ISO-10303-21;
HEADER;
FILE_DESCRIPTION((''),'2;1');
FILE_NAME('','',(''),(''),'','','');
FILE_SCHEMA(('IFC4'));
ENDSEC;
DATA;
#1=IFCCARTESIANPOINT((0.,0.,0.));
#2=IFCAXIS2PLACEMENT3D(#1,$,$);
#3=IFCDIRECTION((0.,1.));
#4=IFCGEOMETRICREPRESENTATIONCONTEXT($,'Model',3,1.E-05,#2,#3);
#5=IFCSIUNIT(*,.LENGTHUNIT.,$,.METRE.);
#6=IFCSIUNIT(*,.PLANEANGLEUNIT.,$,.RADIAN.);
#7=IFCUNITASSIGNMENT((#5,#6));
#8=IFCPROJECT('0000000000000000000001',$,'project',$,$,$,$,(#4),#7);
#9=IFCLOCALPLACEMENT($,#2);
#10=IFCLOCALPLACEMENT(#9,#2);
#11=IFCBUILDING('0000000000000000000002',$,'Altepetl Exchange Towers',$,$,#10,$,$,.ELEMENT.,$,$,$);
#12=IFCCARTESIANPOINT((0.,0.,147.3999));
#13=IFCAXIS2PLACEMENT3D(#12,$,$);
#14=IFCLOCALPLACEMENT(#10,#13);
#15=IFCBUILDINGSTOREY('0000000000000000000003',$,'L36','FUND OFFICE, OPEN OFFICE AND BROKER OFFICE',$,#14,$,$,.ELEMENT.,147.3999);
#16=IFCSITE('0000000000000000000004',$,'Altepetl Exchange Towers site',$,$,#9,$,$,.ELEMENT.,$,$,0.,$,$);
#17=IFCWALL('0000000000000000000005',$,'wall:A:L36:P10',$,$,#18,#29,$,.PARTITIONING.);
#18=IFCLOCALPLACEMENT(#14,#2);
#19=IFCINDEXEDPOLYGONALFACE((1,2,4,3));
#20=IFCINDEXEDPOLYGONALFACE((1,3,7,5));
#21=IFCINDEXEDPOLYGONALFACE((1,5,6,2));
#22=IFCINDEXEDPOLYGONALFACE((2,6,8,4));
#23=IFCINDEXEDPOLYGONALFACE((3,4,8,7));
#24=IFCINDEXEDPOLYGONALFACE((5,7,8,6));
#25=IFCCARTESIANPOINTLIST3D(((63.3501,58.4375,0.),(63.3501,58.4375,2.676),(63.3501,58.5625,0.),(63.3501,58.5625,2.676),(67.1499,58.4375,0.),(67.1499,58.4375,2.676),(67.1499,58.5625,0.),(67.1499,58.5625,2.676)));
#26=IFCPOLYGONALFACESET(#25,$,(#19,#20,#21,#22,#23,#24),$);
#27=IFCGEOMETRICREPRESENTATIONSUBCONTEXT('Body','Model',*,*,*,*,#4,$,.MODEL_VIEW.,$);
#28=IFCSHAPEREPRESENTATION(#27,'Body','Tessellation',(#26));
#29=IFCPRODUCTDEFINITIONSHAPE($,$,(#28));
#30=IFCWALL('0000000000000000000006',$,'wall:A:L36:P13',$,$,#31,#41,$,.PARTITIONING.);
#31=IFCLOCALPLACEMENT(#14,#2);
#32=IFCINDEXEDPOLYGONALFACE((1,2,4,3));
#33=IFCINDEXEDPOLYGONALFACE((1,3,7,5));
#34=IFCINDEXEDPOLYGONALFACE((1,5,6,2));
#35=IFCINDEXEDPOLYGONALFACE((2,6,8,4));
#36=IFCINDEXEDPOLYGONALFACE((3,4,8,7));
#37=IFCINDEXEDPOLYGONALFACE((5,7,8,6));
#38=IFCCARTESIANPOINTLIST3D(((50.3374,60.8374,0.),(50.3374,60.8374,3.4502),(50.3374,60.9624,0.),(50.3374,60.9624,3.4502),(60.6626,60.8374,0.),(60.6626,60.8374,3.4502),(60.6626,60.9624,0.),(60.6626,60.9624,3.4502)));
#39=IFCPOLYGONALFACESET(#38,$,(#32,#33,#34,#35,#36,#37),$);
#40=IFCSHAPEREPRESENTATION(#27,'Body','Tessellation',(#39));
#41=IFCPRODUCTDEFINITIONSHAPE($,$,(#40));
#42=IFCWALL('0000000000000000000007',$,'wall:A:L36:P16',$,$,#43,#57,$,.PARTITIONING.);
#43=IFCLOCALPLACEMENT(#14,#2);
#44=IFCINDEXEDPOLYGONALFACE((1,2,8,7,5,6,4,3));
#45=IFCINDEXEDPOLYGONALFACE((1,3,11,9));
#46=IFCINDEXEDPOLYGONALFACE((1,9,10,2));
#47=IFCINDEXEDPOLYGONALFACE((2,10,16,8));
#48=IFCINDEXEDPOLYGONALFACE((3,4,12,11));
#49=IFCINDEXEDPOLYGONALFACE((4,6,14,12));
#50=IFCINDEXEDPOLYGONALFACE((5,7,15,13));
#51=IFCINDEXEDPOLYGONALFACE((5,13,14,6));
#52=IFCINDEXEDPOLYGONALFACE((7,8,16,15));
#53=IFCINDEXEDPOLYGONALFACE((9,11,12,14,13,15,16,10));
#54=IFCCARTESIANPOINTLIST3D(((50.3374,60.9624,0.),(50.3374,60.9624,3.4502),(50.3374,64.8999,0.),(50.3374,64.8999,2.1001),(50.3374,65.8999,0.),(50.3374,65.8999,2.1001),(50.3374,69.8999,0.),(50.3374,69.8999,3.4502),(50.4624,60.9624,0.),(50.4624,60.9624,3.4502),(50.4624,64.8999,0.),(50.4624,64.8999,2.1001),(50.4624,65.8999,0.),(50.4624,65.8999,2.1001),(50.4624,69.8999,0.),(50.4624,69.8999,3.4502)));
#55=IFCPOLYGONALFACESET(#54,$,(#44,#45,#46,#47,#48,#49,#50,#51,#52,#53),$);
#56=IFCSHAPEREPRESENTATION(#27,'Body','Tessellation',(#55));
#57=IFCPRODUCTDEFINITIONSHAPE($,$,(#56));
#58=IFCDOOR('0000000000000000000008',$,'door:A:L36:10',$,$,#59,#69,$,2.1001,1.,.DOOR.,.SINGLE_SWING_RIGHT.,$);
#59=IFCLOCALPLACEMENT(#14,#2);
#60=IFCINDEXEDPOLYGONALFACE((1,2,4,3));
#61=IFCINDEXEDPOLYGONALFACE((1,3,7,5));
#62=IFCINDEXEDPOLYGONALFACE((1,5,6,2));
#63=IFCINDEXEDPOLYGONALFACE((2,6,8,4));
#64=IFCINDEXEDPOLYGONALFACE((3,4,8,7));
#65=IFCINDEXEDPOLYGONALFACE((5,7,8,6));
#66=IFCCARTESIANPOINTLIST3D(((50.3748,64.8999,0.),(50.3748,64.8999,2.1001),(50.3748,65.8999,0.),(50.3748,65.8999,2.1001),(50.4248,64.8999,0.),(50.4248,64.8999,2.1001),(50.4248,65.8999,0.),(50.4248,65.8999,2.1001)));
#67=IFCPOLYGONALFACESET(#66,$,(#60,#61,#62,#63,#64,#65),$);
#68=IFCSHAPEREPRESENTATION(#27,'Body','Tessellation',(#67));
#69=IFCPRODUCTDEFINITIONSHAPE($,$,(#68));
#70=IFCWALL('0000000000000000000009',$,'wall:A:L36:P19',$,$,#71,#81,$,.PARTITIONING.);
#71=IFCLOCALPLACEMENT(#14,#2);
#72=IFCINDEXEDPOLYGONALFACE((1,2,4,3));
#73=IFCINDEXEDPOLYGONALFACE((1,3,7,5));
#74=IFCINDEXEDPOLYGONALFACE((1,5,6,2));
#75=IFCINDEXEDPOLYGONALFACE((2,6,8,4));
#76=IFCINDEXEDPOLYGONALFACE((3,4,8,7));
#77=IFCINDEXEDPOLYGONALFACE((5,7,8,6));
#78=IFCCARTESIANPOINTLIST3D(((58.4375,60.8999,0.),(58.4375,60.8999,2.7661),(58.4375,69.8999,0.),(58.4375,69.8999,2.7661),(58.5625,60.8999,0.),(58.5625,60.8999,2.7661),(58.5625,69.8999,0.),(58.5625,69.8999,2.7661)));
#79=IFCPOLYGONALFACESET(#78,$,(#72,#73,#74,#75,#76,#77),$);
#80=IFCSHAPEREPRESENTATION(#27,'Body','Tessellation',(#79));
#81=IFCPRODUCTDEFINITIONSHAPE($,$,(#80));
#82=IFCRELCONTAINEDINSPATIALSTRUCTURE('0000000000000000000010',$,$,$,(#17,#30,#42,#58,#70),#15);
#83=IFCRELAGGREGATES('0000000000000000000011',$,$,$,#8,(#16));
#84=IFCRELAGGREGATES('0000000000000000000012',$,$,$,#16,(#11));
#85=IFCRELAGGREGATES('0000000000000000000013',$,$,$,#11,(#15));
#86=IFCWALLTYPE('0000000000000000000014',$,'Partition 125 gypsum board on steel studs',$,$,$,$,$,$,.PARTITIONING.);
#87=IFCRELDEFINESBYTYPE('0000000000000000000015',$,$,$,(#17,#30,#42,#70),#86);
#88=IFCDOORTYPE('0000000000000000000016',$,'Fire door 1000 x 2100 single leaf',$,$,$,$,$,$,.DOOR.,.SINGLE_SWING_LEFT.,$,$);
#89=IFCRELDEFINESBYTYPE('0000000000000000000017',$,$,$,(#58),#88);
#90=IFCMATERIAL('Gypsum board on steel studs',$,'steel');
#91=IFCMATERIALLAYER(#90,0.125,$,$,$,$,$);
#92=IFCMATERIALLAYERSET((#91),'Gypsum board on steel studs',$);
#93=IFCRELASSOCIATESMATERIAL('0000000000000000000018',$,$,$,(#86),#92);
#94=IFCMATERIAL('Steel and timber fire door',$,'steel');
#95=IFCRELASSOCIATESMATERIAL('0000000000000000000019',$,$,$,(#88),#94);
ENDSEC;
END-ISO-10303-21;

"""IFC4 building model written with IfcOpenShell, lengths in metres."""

from ifc_helpers import new_model, si_unit, direction, frame, frame_2d, origin, place, context, subcontext, project, spatial, rectangle, extrude, material, layer, layer_set, type_object, element, fill, save


model = new_model("IFC4")

# Units and contexts
model_context = context("Model", 3, precision=1e-05, world=origin(), true_north=direction((0.0, 1.0)))
body_context = subcontext(model_context, "Body", "Model", "MODEL_VIEW")
ifc_project = project(units=[si_unit("LENGTHUNIT", "METRE"), si_unit("PLANEANGLEUNIT", "RADIAN")], contexts=[model_context])

# Site, building, storey
site_placement = place(None, origin())
site = spatial("IfcSite", under=ifc_project, at=site_placement, Name="Altepetl Exchange Towers site", CompositionType="ELEMENT", RefElevation=0.0)
building_placement = place(site_placement, origin())
building = spatial("IfcBuilding", under=site, at=building_placement, Name="Altepetl Exchange Towers", CompositionType="ELEMENT")
storey_placement = place(building_placement, frame((0.0, 0.0, 147.3999)))
storey = spatial("IfcBuildingStorey", under=building, at=storey_placement, Name="L36", Description="FUND OFFICE, OPEN OFFICE AND BROKER OFFICE", CompositionType="ELEMENT", Elevation=147.3999)

# Walls
ifc_material_1 = material(Name="Gypsum board on steel studs", Category="steel")
ifc_layer_1 = layer(ifc_material_1, 0.125)
ifc_layer_set_1 = layer_set([ifc_layer_1], Name="Gypsum board on steel studs")
wall_type = type_object("IfcWallType", Name="Partition 125 gypsum board on steel studs", PredefinedType="PARTITIONING", material=ifc_layer_set_1)
wall_1_placement = place(storey_placement, frame((63.3501, 58.5, 0.0)))
element("IfcWall", 1, at=wall_1_placement, inside=storey, type_object=wall_type, Name="wall:A:L36:P10", PredefinedType="PARTITIONING", context=body_context, shape_type="SweptSolid", body=[
    extrude(rectangle(XDim=3.7998, YDim=0.125, at=frame_2d((1.8999, 0.0))), origin(), (0.0, 0.0, 1.0), 2.676),
])
wall_2_placement = place(storey_placement, frame((50.3374, 60.8999, 0.0)))
element("IfcWall", 2, at=wall_2_placement, inside=storey, type_object=wall_type, Name="wall:A:L36:P13", PredefinedType="PARTITIONING", context=body_context, shape_type="SweptSolid", body=[
    extrude(rectangle(XDim=10.3252, YDim=0.125, at=frame_2d((5.1626, 0.0))), origin(), (0.0, 0.0, 1.0), 3.4502),
])

# Wall, opening, door
wall_3_placement = place(storey_placement, frame((50.3999, 60.9624, 0.0), z_axis=(0.0, 0.0, 1.0), x_axis=(0.0, 1.0, 0.0)))
wall_3 = element("IfcWall", 3, at=wall_3_placement, inside=storey, type_object=wall_type, Name="wall:A:L36:P16", PredefinedType="PARTITIONING", context=body_context, shape_type="SweptSolid", body=[
    extrude(rectangle(XDim=8.9375, YDim=0.125, at=frame_2d((4.4688, 0.0))), origin(), (0.0, 0.0, 1.0), 3.4502),
])
opening_placement = place(wall_3_placement, frame((3.9375, 0.0, 0.0)))
opening = element("IfcOpeningElement", 4, at=opening_placement, cuts=wall_3, PredefinedType="OPENING", context=body_context, shape_type="SweptSolid", body=[
    extrude(rectangle(XDim=1.0, YDim=2.1001, at=frame_2d((0.5, 1.05))), frame((0.0, 0.0725, 0.0), z_axis=(0.0, -1.0, 0.0), x_axis=(1.0, 0.0, 0.0)), (0.0, 0.0, 1.0), 0.145),
])
ifc_material_2 = material(Name="Steel and timber fire door", Category="steel")
door_type = type_object("IfcDoorType", Name="Fire door 1000 x 2100 single leaf", OperationType="SINGLE_SWING_LEFT", PredefinedType="DOOR", material=ifc_material_2)
door_placement = place(opening_placement, frame((1.0, 0.0, 0.0), x_axis=(-1.0, 0.0, 0.0)))
door = element("IfcDoor", 5, at=door_placement, inside=storey, type_object=door_type, Name="door:A:L36:10", OperationType="SINGLE_SWING_RIGHT", OverallHeight=2.1001, OverallWidth=1.0, PredefinedType="DOOR", context=body_context, shape_type="SweptSolid", body=[
    extrude(rectangle(XDim=1.0, YDim=2.1001, at=frame_2d((0.5, 1.05))), frame((0.0, 0.0249, 0.0), z_axis=(0.0, -1.0, 0.0), x_axis=(1.0, 0.0, 0.0)), (0.0, 0.0, 1.0), 0.05),
])
fill(opening, door)

# Wall
wall_4_placement = place(storey_placement, frame((58.5, 60.8999, 0.0), z_axis=(0.0, 0.0, 1.0), x_axis=(0.0, 1.0, 0.0)))
element("IfcWall", 6, at=wall_4_placement, inside=storey, type_object=wall_type, Name="wall:A:L36:P19", PredefinedType="PARTITIONING", context=body_context, shape_type="SweptSolid", body=[
    extrude(rectangle(XDim=9.0, YDim=0.125, at=frame_2d((4.5, 0.0))), origin(), (0.0, 0.0, 1.0), 2.7661),
])

save(model, "model.ifc")
